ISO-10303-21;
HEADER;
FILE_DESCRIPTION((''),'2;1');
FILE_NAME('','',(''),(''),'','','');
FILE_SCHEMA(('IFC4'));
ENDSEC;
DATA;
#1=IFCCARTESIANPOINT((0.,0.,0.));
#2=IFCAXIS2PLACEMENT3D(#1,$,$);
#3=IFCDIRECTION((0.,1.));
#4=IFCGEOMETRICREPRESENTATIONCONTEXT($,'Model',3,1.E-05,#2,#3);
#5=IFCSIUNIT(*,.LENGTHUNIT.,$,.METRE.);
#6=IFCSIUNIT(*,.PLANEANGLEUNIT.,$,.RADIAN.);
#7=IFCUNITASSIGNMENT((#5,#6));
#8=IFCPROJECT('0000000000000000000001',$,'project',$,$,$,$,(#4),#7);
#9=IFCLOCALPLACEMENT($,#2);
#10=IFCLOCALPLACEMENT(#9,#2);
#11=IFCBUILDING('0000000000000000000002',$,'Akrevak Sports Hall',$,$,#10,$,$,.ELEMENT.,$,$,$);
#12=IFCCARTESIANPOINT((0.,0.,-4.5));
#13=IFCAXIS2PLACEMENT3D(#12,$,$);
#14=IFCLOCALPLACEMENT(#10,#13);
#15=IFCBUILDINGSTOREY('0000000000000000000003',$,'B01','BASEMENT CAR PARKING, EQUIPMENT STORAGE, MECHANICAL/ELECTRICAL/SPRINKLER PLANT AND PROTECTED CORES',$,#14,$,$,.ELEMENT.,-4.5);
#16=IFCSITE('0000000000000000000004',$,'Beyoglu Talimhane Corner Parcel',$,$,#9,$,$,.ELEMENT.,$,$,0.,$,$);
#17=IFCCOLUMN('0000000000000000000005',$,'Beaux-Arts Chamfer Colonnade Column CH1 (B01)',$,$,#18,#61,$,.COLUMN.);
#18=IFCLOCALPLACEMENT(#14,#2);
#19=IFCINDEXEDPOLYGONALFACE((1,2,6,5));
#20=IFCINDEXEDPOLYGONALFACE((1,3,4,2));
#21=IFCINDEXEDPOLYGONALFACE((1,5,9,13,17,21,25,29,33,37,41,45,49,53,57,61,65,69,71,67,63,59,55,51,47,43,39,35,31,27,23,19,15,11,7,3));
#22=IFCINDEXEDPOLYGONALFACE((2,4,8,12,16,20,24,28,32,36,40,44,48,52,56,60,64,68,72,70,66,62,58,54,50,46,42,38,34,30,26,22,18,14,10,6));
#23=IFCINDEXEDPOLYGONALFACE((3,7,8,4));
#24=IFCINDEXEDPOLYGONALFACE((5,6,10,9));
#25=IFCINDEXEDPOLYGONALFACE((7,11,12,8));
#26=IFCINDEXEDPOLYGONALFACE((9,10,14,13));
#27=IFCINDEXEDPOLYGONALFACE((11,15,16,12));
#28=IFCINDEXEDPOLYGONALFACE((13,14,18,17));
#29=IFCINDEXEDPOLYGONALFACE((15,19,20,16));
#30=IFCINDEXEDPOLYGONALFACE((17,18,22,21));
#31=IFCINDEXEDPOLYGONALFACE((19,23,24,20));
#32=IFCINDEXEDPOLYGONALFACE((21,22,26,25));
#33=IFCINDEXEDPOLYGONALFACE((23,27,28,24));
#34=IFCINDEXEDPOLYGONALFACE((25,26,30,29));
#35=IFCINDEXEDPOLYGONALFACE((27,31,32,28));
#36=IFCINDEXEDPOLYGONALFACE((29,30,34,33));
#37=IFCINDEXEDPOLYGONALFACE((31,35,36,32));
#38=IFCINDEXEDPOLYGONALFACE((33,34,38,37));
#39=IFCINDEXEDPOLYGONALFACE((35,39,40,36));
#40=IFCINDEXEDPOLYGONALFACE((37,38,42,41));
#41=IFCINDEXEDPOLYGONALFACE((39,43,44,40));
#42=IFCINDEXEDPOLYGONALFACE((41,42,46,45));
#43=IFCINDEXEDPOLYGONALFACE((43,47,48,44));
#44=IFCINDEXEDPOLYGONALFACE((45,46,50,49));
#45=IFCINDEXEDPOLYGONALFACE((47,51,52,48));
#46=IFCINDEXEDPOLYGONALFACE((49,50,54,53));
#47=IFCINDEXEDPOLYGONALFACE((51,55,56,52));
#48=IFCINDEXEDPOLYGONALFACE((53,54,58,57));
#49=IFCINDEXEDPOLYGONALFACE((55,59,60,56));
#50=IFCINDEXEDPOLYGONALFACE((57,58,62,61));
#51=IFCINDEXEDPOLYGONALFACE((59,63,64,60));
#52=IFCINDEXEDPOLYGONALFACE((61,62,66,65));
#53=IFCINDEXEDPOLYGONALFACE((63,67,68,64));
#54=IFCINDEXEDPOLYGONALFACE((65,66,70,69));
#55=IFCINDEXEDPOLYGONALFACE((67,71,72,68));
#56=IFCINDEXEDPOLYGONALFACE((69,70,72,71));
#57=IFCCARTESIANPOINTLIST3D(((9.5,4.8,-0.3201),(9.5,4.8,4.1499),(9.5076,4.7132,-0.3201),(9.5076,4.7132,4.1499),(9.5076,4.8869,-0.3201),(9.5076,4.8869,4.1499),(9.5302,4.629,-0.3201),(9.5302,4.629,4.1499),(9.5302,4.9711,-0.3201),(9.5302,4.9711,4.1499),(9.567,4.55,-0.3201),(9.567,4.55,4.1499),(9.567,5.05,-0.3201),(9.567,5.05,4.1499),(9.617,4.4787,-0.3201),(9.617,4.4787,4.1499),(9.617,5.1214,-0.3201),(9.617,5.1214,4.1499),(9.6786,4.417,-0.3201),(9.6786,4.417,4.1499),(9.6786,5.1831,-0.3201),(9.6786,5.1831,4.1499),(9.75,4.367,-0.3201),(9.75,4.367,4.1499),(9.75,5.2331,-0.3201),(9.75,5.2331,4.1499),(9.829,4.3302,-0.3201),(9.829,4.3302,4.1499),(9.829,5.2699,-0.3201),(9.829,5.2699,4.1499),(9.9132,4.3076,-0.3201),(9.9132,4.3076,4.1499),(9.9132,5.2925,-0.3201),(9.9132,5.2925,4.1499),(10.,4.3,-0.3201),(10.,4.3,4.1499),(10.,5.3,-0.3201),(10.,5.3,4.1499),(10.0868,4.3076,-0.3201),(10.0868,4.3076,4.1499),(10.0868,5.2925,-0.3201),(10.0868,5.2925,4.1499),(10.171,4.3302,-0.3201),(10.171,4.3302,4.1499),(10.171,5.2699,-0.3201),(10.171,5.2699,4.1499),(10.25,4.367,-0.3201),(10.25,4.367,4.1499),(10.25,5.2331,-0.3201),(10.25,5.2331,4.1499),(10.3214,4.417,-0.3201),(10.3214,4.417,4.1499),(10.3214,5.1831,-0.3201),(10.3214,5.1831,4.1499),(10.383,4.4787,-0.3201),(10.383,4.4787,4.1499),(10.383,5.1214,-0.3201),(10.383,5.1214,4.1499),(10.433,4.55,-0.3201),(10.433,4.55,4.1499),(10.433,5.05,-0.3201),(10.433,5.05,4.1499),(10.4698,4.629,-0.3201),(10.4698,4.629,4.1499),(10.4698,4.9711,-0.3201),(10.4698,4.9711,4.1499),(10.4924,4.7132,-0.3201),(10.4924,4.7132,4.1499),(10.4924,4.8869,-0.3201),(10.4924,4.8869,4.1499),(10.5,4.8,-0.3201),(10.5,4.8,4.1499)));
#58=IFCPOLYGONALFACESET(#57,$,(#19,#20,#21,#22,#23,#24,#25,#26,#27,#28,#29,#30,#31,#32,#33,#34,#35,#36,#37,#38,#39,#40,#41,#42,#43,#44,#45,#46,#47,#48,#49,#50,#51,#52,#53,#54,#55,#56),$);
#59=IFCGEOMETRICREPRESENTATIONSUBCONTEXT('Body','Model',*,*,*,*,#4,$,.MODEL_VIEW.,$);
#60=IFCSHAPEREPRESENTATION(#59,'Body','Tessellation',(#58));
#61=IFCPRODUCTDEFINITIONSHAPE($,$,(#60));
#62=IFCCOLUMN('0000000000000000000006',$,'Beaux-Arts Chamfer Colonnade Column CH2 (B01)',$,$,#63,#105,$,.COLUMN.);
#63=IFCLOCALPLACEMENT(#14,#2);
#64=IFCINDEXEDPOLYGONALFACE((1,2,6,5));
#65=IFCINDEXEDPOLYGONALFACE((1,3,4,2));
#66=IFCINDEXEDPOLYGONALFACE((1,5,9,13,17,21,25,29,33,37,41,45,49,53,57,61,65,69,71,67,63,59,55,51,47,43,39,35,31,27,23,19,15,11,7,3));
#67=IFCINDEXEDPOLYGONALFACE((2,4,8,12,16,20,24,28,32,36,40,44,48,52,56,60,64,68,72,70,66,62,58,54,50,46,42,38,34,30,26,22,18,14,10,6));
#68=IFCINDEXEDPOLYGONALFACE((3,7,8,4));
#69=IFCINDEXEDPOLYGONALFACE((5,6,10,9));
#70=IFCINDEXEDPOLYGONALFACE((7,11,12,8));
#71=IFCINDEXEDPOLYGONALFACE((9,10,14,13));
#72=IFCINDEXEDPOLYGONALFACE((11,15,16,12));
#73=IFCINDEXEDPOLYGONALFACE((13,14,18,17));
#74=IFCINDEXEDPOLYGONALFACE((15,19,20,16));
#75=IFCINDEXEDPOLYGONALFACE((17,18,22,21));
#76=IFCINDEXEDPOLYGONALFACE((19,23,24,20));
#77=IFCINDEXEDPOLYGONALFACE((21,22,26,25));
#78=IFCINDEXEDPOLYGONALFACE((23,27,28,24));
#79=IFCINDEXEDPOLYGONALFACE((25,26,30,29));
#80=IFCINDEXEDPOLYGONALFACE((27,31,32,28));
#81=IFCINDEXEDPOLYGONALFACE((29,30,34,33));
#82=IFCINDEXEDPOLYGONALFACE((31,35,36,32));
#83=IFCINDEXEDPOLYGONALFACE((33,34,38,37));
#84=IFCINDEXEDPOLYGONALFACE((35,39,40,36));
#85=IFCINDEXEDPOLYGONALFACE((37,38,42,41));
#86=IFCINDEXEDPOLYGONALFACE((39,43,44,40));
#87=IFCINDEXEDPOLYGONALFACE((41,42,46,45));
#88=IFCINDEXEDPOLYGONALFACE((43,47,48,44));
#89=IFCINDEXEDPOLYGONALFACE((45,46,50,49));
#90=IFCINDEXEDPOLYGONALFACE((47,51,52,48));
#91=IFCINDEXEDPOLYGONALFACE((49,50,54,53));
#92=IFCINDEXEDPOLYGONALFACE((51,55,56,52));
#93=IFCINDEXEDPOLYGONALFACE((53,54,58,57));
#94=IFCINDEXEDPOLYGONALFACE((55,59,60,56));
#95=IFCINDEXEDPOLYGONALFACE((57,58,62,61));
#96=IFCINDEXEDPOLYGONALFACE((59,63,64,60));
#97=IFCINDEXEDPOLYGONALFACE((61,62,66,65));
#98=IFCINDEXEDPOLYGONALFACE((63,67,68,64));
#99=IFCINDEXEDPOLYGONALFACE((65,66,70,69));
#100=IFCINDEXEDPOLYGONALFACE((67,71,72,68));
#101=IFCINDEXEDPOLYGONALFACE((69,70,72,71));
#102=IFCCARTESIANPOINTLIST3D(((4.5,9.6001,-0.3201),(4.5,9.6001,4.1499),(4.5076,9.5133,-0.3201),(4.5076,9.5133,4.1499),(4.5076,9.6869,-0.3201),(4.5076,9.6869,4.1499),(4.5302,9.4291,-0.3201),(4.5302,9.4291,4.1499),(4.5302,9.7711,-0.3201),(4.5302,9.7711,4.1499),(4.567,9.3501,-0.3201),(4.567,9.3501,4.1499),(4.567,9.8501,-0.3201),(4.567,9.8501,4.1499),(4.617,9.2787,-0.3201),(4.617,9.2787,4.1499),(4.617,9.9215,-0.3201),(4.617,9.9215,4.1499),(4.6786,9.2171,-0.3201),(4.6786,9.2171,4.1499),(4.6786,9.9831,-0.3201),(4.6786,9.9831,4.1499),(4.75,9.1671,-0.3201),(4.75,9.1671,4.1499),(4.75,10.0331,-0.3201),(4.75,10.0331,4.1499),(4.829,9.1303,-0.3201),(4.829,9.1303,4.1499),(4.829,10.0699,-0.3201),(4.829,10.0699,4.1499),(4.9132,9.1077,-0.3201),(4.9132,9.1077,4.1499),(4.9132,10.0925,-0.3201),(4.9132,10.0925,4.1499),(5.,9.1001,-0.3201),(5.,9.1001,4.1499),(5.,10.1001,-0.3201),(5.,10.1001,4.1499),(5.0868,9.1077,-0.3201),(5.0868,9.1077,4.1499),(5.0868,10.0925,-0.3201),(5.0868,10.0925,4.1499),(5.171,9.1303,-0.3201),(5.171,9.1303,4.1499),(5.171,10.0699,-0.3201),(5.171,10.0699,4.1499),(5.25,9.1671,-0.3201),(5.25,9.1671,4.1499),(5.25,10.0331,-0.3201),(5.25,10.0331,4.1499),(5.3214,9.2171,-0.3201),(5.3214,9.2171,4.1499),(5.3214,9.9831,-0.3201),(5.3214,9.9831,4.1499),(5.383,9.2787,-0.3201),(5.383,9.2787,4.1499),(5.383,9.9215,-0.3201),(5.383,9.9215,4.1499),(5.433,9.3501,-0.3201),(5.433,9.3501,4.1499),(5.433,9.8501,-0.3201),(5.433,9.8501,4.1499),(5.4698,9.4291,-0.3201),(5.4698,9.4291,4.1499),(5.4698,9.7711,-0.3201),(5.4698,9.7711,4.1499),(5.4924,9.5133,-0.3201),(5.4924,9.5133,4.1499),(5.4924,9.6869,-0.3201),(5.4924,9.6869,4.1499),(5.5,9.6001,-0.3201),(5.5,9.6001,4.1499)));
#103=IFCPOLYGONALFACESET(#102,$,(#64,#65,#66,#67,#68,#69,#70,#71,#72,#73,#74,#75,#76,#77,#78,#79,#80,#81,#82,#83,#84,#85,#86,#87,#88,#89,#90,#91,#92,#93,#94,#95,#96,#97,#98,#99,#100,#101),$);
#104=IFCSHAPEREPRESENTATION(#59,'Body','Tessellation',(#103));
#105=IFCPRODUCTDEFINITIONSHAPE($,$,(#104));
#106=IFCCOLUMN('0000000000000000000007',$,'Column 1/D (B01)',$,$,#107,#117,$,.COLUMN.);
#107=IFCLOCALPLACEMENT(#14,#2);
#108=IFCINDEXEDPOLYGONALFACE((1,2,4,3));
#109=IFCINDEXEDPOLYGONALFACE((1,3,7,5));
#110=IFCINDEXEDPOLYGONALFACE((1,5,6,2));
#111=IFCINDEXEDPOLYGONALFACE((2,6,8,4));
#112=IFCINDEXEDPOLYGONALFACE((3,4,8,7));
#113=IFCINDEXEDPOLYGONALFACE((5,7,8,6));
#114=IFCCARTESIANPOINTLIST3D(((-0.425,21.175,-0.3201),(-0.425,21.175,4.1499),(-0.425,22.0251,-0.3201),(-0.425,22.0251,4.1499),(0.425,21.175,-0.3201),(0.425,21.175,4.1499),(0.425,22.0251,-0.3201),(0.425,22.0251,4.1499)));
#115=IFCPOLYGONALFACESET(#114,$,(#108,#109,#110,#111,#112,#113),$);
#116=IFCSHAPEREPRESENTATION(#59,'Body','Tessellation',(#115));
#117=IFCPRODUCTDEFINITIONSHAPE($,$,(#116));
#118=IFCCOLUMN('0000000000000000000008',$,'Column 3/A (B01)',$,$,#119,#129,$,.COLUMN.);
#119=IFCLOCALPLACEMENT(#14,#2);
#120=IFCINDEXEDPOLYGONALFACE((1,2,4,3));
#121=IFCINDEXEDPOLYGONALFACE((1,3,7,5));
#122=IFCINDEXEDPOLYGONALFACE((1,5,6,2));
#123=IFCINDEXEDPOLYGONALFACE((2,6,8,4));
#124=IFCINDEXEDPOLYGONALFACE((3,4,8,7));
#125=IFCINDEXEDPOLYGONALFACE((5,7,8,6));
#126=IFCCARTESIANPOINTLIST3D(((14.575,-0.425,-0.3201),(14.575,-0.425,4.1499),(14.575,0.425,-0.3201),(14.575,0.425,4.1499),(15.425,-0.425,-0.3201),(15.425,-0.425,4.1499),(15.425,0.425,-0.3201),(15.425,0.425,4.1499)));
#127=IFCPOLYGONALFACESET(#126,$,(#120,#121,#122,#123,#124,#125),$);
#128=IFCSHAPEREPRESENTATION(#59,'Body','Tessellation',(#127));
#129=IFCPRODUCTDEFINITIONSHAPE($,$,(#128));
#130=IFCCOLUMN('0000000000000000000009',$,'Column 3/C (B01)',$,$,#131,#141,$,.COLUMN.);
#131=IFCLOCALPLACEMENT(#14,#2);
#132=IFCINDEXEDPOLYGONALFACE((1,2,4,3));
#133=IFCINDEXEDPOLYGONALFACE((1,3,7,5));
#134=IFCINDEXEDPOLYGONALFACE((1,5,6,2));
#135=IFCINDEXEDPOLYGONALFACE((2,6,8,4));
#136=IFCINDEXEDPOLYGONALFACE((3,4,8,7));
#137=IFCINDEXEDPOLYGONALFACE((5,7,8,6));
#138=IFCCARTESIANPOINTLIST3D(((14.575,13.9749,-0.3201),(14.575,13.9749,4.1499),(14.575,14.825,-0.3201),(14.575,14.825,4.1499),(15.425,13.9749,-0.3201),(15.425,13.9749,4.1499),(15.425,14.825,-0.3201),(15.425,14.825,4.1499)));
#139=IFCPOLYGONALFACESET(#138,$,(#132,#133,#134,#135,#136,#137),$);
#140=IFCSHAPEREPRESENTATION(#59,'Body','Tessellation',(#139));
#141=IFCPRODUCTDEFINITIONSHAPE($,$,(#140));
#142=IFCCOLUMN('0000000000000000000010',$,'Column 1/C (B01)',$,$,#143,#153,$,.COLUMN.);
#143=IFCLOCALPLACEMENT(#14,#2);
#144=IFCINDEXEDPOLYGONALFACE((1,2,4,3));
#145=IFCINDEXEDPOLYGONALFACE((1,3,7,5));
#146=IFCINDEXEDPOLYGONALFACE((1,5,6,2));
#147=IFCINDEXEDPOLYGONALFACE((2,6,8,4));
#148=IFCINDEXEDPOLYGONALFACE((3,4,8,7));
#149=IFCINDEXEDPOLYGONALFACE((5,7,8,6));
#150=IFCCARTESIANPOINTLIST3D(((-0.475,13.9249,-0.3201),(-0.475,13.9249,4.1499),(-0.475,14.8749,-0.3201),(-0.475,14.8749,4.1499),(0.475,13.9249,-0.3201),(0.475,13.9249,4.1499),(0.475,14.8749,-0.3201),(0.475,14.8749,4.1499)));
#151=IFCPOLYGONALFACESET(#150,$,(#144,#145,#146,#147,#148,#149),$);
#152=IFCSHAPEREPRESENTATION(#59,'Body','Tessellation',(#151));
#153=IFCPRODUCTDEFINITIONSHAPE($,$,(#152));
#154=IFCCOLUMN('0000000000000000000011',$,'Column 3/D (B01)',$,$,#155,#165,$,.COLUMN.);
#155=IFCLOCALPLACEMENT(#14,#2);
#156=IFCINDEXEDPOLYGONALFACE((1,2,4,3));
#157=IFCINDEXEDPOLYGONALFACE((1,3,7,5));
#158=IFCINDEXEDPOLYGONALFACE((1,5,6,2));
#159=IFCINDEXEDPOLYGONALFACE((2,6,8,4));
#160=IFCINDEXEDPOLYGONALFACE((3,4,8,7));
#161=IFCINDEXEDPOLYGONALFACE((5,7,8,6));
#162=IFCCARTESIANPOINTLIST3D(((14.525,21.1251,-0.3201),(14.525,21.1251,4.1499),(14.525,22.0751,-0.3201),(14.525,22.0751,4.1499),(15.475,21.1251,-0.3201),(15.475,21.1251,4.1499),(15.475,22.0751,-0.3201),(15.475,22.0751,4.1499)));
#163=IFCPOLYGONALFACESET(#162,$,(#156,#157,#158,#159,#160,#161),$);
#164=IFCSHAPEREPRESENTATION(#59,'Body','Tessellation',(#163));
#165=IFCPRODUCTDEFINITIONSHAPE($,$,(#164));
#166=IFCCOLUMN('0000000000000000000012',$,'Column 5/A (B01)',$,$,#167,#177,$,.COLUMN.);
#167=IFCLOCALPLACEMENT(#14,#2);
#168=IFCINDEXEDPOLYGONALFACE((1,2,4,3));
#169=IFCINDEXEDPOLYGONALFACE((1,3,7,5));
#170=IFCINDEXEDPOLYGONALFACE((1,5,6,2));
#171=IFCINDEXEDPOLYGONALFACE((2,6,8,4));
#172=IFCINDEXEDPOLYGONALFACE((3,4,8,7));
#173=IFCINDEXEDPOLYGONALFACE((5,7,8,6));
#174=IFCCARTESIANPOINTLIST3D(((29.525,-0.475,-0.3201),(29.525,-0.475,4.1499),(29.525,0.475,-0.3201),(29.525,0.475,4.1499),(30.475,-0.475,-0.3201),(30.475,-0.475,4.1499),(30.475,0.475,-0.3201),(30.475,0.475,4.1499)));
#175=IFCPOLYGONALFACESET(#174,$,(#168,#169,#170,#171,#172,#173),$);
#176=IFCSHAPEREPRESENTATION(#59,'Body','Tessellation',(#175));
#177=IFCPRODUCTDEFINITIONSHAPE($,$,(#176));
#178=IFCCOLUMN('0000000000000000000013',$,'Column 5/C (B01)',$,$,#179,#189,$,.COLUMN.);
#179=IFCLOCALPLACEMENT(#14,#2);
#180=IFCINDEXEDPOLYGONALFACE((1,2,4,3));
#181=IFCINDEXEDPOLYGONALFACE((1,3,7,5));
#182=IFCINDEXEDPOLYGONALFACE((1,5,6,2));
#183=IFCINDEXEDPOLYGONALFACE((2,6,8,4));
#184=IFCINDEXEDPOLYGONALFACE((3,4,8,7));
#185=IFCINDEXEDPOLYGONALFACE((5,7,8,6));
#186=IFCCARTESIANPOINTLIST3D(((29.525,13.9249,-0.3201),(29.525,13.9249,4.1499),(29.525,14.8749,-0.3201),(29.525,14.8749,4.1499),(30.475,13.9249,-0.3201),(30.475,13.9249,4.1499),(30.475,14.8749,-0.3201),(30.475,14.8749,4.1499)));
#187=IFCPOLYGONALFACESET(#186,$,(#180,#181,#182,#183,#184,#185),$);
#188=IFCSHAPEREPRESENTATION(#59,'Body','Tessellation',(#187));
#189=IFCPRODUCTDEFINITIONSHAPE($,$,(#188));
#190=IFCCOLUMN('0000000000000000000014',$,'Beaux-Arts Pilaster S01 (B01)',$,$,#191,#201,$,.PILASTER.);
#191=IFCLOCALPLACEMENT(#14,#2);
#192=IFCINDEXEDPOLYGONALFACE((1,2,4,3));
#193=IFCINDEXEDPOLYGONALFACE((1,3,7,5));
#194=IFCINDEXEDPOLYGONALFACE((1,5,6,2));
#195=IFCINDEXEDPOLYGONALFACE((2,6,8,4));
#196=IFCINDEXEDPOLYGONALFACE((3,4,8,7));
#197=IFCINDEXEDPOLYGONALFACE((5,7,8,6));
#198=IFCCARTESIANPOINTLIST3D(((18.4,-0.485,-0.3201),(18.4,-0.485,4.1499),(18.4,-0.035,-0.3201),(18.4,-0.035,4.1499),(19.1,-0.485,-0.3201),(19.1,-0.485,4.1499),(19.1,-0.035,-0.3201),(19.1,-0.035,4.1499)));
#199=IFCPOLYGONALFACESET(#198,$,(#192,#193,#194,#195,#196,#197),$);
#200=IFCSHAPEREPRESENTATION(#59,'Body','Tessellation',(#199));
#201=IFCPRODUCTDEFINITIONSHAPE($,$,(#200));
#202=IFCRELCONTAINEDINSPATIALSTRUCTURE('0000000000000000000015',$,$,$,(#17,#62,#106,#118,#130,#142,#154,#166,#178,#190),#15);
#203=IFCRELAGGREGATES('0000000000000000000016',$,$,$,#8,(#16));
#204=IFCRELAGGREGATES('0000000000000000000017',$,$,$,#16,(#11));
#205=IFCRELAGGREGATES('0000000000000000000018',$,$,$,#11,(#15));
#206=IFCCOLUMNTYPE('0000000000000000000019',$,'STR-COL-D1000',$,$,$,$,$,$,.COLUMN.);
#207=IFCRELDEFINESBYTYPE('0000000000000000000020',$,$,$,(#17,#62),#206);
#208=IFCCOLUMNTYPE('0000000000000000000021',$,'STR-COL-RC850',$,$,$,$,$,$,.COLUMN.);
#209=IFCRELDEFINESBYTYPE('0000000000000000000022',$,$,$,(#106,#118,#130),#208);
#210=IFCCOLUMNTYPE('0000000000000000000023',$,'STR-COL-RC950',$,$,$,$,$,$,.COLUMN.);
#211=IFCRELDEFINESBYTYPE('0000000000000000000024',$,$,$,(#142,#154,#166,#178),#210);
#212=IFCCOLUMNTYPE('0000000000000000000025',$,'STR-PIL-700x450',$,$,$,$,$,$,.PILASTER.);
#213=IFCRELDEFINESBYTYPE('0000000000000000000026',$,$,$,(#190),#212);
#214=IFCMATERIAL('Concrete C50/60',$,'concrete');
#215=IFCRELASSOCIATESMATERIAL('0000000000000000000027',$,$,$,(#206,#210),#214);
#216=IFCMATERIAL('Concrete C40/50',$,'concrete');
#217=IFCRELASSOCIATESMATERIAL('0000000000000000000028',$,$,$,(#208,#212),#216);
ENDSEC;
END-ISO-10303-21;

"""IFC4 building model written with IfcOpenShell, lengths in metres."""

from ifc_helpers import new_model, si_unit, direction, frame, origin, origin_2d, place, context, subcontext, project, spatial, rectangle, circle, extrude, material, material_profile, profile_set, type_object, element, save


model = new_model("IFC4")

# Units and contexts
model_context = context("Model", 3, precision=1e-05, world=origin(), true_north=direction((0.0, 1.0)))
body_context = subcontext(model_context, "Body", "Model", "MODEL_VIEW")
ifc_project = project(units=[si_unit("LENGTHUNIT", "METRE"), si_unit("PLANEANGLEUNIT", "RADIAN")], contexts=[model_context])

# Site, building, storey
site_placement = place(None, origin())
site = spatial("IfcSite", under=ifc_project, at=site_placement, Name="Beyoglu Talimhane Corner Parcel", CompositionType="ELEMENT", RefElevation=0.0)
building_placement = place(site_placement, origin())
building = spatial("IfcBuilding", under=site, at=building_placement, Name="Akrevak Sports Hall", CompositionType="ELEMENT")
storey_placement = place(building_placement, frame((0.0, 0.0, -4.5)))
storey = spatial("IfcBuildingStorey", under=building, at=storey_placement, Name="B01", Description="BASEMENT CAR PARKING, EQUIPMENT STORAGE, MECHANICAL/ELECTRICAL/SPRINKLER PLANT AND PROTECTED CORES", CompositionType="ELEMENT", Elevation=-4.5)

# Columns
ifc_material_1 = material(Name="Concrete C50/60", Category="concrete")
ifc_material_profile_1 = material_profile(ifc_material_1, circle(Radius=0.5, at=origin_2d()), Name="COL D1000", Category="concrete")
ifc_profile_set_1 = profile_set([ifc_material_profile_1], Name="Concrete C50/60")
column_type_1 = type_object("IfcColumnType", Name="STR-COL-D1000", PredefinedType="COLUMN", material=ifc_profile_set_1)
for number, where, z_axis, x_axis, name in (
    (1, (10.0, 4.8, -0.3201), (0.0, 0.0, 1.0), (1.0, 0.0, 0.0), "Beaux-Arts Chamfer Colonnade Column CH1 (B01)"),
    (2, (5.0, 9.6001, -0.3201), (0.0, 0.0, 1.0), (1.0, 0.0, 0.0), "Beaux-Arts Chamfer Colonnade Column CH2 (B01)"),
):
    element("IfcColumn", number, at=place(storey_placement, frame(where, z_axis=z_axis, x_axis=x_axis)), inside=storey, type_object=column_type_1, Name=name, PredefinedType="COLUMN", context=body_context, shape_type="SweptSolid", body=[
        extrude(circle(Radius=0.5, at=origin_2d()), origin(), (0.0, 0.0, 1.0), 4.47),
    ])
ifc_material_2 = material(Name="Concrete C40/50", Category="concrete")
ifc_material_profile_2 = material_profile(ifc_material_2, rectangle(XDim=0.8501, YDim=0.8501, at=origin_2d()), Name="RC 850x850", Category="concrete")
ifc_profile_set_2 = profile_set([ifc_material_profile_2], Name="Concrete C40/50")
column_type_2 = type_object("IfcColumnType", Name="STR-COL-RC850", PredefinedType="COLUMN", material=ifc_profile_set_2)
for number, where, z_axis, x_axis, name in (
    (3, (0.0, 21.6001, -0.3201), (0.0, 0.0, 1.0), (1.0, 0.0, 0.0), "Column 1/D (B01)"),
    (4, (15.0, 0.0, -0.3201), (0.0, 0.0, 1.0), (1.0, 0.0, 0.0), "Column 3/A (B01)"),
    (5, (15.0, 14.3999, -0.3201), (0.0, 0.0, 1.0), (1.0, 0.0, 0.0), "Column 3/C (B01)"),
):
    element("IfcColumn", number, at=place(storey_placement, frame(where, z_axis=z_axis, x_axis=x_axis)), inside=storey, type_object=column_type_2, Name=name, PredefinedType="COLUMN", context=body_context, shape_type="SweptSolid", body=[
        extrude(rectangle(XDim=0.8501, YDim=0.8501, at=origin_2d()), origin(), (0.0, 0.0, 1.0), 4.47),
    ])
ifc_material_profile_3 = material_profile(ifc_material_1, rectangle(XDim=0.95, YDim=0.95, at=origin_2d()), Name="RC 950x950", Category="concrete")
ifc_profile_set_3 = profile_set([ifc_material_profile_3], Name="Concrete C50/60")
column_type_3 = type_object("IfcColumnType", Name="STR-COL-RC950", PredefinedType="COLUMN", material=ifc_profile_set_3)
for number, where, z_axis, x_axis, name in (
    (6, (0.0, 14.3999, -0.3201), (0.0, 0.0, 1.0), (1.0, 0.0, 0.0), "Column 1/C (B01)"),
    (7, (15.0, 21.6001, -0.3201), (0.0, 0.0, 1.0), (1.0, 0.0, 0.0), "Column 3/D (B01)"),
    (8, (30.0, 0.0, -0.3201), (0.0, 0.0, 1.0), (1.0, 0.0, 0.0), "Column 5/A (B01)"),
    (9, (30.0, 14.3999, -0.3201), (0.0, 0.0, 1.0), (1.0, 0.0, 0.0), "Column 5/C (B01)"),
):
    element("IfcColumn", number, at=place(storey_placement, frame(where, z_axis=z_axis, x_axis=x_axis)), inside=storey, type_object=column_type_3, Name=name, PredefinedType="COLUMN", context=body_context, shape_type="SweptSolid", body=[
        extrude(rectangle(XDim=0.95, YDim=0.95, at=origin_2d()), origin(), (0.0, 0.0, 1.0), 4.47),
    ])
ifc_material_profile_4 = material_profile(ifc_material_2, rectangle(XDim=0.7, YDim=0.45, at=origin_2d()), Name="PIL 700x450", Category="concrete")
ifc_profile_set_4 = profile_set([ifc_material_profile_4], Name="Concrete C40/50")
column_type_4 = type_object("IfcColumnType", Name="STR-PIL-700x450", PredefinedType="PILASTER", material=ifc_profile_set_4)
column_placement = place(storey_placement, frame((18.75, -0.26, -0.3201), z_axis=(0.0, 0.0, 1.0), x_axis=(1.0, 0.0, 0.0)))
element("IfcColumn", 10, at=column_placement, inside=storey, type_object=column_type_4, Name="Beaux-Arts Pilaster S01 (B01)", PredefinedType="PILASTER", context=body_context, shape_type="SweptSolid", body=[
    extrude(rectangle(XDim=0.7, YDim=0.45, at=origin_2d()), origin(), (0.0, 0.0, 1.0), 4.47),
])

save(model, "model.ifc")
